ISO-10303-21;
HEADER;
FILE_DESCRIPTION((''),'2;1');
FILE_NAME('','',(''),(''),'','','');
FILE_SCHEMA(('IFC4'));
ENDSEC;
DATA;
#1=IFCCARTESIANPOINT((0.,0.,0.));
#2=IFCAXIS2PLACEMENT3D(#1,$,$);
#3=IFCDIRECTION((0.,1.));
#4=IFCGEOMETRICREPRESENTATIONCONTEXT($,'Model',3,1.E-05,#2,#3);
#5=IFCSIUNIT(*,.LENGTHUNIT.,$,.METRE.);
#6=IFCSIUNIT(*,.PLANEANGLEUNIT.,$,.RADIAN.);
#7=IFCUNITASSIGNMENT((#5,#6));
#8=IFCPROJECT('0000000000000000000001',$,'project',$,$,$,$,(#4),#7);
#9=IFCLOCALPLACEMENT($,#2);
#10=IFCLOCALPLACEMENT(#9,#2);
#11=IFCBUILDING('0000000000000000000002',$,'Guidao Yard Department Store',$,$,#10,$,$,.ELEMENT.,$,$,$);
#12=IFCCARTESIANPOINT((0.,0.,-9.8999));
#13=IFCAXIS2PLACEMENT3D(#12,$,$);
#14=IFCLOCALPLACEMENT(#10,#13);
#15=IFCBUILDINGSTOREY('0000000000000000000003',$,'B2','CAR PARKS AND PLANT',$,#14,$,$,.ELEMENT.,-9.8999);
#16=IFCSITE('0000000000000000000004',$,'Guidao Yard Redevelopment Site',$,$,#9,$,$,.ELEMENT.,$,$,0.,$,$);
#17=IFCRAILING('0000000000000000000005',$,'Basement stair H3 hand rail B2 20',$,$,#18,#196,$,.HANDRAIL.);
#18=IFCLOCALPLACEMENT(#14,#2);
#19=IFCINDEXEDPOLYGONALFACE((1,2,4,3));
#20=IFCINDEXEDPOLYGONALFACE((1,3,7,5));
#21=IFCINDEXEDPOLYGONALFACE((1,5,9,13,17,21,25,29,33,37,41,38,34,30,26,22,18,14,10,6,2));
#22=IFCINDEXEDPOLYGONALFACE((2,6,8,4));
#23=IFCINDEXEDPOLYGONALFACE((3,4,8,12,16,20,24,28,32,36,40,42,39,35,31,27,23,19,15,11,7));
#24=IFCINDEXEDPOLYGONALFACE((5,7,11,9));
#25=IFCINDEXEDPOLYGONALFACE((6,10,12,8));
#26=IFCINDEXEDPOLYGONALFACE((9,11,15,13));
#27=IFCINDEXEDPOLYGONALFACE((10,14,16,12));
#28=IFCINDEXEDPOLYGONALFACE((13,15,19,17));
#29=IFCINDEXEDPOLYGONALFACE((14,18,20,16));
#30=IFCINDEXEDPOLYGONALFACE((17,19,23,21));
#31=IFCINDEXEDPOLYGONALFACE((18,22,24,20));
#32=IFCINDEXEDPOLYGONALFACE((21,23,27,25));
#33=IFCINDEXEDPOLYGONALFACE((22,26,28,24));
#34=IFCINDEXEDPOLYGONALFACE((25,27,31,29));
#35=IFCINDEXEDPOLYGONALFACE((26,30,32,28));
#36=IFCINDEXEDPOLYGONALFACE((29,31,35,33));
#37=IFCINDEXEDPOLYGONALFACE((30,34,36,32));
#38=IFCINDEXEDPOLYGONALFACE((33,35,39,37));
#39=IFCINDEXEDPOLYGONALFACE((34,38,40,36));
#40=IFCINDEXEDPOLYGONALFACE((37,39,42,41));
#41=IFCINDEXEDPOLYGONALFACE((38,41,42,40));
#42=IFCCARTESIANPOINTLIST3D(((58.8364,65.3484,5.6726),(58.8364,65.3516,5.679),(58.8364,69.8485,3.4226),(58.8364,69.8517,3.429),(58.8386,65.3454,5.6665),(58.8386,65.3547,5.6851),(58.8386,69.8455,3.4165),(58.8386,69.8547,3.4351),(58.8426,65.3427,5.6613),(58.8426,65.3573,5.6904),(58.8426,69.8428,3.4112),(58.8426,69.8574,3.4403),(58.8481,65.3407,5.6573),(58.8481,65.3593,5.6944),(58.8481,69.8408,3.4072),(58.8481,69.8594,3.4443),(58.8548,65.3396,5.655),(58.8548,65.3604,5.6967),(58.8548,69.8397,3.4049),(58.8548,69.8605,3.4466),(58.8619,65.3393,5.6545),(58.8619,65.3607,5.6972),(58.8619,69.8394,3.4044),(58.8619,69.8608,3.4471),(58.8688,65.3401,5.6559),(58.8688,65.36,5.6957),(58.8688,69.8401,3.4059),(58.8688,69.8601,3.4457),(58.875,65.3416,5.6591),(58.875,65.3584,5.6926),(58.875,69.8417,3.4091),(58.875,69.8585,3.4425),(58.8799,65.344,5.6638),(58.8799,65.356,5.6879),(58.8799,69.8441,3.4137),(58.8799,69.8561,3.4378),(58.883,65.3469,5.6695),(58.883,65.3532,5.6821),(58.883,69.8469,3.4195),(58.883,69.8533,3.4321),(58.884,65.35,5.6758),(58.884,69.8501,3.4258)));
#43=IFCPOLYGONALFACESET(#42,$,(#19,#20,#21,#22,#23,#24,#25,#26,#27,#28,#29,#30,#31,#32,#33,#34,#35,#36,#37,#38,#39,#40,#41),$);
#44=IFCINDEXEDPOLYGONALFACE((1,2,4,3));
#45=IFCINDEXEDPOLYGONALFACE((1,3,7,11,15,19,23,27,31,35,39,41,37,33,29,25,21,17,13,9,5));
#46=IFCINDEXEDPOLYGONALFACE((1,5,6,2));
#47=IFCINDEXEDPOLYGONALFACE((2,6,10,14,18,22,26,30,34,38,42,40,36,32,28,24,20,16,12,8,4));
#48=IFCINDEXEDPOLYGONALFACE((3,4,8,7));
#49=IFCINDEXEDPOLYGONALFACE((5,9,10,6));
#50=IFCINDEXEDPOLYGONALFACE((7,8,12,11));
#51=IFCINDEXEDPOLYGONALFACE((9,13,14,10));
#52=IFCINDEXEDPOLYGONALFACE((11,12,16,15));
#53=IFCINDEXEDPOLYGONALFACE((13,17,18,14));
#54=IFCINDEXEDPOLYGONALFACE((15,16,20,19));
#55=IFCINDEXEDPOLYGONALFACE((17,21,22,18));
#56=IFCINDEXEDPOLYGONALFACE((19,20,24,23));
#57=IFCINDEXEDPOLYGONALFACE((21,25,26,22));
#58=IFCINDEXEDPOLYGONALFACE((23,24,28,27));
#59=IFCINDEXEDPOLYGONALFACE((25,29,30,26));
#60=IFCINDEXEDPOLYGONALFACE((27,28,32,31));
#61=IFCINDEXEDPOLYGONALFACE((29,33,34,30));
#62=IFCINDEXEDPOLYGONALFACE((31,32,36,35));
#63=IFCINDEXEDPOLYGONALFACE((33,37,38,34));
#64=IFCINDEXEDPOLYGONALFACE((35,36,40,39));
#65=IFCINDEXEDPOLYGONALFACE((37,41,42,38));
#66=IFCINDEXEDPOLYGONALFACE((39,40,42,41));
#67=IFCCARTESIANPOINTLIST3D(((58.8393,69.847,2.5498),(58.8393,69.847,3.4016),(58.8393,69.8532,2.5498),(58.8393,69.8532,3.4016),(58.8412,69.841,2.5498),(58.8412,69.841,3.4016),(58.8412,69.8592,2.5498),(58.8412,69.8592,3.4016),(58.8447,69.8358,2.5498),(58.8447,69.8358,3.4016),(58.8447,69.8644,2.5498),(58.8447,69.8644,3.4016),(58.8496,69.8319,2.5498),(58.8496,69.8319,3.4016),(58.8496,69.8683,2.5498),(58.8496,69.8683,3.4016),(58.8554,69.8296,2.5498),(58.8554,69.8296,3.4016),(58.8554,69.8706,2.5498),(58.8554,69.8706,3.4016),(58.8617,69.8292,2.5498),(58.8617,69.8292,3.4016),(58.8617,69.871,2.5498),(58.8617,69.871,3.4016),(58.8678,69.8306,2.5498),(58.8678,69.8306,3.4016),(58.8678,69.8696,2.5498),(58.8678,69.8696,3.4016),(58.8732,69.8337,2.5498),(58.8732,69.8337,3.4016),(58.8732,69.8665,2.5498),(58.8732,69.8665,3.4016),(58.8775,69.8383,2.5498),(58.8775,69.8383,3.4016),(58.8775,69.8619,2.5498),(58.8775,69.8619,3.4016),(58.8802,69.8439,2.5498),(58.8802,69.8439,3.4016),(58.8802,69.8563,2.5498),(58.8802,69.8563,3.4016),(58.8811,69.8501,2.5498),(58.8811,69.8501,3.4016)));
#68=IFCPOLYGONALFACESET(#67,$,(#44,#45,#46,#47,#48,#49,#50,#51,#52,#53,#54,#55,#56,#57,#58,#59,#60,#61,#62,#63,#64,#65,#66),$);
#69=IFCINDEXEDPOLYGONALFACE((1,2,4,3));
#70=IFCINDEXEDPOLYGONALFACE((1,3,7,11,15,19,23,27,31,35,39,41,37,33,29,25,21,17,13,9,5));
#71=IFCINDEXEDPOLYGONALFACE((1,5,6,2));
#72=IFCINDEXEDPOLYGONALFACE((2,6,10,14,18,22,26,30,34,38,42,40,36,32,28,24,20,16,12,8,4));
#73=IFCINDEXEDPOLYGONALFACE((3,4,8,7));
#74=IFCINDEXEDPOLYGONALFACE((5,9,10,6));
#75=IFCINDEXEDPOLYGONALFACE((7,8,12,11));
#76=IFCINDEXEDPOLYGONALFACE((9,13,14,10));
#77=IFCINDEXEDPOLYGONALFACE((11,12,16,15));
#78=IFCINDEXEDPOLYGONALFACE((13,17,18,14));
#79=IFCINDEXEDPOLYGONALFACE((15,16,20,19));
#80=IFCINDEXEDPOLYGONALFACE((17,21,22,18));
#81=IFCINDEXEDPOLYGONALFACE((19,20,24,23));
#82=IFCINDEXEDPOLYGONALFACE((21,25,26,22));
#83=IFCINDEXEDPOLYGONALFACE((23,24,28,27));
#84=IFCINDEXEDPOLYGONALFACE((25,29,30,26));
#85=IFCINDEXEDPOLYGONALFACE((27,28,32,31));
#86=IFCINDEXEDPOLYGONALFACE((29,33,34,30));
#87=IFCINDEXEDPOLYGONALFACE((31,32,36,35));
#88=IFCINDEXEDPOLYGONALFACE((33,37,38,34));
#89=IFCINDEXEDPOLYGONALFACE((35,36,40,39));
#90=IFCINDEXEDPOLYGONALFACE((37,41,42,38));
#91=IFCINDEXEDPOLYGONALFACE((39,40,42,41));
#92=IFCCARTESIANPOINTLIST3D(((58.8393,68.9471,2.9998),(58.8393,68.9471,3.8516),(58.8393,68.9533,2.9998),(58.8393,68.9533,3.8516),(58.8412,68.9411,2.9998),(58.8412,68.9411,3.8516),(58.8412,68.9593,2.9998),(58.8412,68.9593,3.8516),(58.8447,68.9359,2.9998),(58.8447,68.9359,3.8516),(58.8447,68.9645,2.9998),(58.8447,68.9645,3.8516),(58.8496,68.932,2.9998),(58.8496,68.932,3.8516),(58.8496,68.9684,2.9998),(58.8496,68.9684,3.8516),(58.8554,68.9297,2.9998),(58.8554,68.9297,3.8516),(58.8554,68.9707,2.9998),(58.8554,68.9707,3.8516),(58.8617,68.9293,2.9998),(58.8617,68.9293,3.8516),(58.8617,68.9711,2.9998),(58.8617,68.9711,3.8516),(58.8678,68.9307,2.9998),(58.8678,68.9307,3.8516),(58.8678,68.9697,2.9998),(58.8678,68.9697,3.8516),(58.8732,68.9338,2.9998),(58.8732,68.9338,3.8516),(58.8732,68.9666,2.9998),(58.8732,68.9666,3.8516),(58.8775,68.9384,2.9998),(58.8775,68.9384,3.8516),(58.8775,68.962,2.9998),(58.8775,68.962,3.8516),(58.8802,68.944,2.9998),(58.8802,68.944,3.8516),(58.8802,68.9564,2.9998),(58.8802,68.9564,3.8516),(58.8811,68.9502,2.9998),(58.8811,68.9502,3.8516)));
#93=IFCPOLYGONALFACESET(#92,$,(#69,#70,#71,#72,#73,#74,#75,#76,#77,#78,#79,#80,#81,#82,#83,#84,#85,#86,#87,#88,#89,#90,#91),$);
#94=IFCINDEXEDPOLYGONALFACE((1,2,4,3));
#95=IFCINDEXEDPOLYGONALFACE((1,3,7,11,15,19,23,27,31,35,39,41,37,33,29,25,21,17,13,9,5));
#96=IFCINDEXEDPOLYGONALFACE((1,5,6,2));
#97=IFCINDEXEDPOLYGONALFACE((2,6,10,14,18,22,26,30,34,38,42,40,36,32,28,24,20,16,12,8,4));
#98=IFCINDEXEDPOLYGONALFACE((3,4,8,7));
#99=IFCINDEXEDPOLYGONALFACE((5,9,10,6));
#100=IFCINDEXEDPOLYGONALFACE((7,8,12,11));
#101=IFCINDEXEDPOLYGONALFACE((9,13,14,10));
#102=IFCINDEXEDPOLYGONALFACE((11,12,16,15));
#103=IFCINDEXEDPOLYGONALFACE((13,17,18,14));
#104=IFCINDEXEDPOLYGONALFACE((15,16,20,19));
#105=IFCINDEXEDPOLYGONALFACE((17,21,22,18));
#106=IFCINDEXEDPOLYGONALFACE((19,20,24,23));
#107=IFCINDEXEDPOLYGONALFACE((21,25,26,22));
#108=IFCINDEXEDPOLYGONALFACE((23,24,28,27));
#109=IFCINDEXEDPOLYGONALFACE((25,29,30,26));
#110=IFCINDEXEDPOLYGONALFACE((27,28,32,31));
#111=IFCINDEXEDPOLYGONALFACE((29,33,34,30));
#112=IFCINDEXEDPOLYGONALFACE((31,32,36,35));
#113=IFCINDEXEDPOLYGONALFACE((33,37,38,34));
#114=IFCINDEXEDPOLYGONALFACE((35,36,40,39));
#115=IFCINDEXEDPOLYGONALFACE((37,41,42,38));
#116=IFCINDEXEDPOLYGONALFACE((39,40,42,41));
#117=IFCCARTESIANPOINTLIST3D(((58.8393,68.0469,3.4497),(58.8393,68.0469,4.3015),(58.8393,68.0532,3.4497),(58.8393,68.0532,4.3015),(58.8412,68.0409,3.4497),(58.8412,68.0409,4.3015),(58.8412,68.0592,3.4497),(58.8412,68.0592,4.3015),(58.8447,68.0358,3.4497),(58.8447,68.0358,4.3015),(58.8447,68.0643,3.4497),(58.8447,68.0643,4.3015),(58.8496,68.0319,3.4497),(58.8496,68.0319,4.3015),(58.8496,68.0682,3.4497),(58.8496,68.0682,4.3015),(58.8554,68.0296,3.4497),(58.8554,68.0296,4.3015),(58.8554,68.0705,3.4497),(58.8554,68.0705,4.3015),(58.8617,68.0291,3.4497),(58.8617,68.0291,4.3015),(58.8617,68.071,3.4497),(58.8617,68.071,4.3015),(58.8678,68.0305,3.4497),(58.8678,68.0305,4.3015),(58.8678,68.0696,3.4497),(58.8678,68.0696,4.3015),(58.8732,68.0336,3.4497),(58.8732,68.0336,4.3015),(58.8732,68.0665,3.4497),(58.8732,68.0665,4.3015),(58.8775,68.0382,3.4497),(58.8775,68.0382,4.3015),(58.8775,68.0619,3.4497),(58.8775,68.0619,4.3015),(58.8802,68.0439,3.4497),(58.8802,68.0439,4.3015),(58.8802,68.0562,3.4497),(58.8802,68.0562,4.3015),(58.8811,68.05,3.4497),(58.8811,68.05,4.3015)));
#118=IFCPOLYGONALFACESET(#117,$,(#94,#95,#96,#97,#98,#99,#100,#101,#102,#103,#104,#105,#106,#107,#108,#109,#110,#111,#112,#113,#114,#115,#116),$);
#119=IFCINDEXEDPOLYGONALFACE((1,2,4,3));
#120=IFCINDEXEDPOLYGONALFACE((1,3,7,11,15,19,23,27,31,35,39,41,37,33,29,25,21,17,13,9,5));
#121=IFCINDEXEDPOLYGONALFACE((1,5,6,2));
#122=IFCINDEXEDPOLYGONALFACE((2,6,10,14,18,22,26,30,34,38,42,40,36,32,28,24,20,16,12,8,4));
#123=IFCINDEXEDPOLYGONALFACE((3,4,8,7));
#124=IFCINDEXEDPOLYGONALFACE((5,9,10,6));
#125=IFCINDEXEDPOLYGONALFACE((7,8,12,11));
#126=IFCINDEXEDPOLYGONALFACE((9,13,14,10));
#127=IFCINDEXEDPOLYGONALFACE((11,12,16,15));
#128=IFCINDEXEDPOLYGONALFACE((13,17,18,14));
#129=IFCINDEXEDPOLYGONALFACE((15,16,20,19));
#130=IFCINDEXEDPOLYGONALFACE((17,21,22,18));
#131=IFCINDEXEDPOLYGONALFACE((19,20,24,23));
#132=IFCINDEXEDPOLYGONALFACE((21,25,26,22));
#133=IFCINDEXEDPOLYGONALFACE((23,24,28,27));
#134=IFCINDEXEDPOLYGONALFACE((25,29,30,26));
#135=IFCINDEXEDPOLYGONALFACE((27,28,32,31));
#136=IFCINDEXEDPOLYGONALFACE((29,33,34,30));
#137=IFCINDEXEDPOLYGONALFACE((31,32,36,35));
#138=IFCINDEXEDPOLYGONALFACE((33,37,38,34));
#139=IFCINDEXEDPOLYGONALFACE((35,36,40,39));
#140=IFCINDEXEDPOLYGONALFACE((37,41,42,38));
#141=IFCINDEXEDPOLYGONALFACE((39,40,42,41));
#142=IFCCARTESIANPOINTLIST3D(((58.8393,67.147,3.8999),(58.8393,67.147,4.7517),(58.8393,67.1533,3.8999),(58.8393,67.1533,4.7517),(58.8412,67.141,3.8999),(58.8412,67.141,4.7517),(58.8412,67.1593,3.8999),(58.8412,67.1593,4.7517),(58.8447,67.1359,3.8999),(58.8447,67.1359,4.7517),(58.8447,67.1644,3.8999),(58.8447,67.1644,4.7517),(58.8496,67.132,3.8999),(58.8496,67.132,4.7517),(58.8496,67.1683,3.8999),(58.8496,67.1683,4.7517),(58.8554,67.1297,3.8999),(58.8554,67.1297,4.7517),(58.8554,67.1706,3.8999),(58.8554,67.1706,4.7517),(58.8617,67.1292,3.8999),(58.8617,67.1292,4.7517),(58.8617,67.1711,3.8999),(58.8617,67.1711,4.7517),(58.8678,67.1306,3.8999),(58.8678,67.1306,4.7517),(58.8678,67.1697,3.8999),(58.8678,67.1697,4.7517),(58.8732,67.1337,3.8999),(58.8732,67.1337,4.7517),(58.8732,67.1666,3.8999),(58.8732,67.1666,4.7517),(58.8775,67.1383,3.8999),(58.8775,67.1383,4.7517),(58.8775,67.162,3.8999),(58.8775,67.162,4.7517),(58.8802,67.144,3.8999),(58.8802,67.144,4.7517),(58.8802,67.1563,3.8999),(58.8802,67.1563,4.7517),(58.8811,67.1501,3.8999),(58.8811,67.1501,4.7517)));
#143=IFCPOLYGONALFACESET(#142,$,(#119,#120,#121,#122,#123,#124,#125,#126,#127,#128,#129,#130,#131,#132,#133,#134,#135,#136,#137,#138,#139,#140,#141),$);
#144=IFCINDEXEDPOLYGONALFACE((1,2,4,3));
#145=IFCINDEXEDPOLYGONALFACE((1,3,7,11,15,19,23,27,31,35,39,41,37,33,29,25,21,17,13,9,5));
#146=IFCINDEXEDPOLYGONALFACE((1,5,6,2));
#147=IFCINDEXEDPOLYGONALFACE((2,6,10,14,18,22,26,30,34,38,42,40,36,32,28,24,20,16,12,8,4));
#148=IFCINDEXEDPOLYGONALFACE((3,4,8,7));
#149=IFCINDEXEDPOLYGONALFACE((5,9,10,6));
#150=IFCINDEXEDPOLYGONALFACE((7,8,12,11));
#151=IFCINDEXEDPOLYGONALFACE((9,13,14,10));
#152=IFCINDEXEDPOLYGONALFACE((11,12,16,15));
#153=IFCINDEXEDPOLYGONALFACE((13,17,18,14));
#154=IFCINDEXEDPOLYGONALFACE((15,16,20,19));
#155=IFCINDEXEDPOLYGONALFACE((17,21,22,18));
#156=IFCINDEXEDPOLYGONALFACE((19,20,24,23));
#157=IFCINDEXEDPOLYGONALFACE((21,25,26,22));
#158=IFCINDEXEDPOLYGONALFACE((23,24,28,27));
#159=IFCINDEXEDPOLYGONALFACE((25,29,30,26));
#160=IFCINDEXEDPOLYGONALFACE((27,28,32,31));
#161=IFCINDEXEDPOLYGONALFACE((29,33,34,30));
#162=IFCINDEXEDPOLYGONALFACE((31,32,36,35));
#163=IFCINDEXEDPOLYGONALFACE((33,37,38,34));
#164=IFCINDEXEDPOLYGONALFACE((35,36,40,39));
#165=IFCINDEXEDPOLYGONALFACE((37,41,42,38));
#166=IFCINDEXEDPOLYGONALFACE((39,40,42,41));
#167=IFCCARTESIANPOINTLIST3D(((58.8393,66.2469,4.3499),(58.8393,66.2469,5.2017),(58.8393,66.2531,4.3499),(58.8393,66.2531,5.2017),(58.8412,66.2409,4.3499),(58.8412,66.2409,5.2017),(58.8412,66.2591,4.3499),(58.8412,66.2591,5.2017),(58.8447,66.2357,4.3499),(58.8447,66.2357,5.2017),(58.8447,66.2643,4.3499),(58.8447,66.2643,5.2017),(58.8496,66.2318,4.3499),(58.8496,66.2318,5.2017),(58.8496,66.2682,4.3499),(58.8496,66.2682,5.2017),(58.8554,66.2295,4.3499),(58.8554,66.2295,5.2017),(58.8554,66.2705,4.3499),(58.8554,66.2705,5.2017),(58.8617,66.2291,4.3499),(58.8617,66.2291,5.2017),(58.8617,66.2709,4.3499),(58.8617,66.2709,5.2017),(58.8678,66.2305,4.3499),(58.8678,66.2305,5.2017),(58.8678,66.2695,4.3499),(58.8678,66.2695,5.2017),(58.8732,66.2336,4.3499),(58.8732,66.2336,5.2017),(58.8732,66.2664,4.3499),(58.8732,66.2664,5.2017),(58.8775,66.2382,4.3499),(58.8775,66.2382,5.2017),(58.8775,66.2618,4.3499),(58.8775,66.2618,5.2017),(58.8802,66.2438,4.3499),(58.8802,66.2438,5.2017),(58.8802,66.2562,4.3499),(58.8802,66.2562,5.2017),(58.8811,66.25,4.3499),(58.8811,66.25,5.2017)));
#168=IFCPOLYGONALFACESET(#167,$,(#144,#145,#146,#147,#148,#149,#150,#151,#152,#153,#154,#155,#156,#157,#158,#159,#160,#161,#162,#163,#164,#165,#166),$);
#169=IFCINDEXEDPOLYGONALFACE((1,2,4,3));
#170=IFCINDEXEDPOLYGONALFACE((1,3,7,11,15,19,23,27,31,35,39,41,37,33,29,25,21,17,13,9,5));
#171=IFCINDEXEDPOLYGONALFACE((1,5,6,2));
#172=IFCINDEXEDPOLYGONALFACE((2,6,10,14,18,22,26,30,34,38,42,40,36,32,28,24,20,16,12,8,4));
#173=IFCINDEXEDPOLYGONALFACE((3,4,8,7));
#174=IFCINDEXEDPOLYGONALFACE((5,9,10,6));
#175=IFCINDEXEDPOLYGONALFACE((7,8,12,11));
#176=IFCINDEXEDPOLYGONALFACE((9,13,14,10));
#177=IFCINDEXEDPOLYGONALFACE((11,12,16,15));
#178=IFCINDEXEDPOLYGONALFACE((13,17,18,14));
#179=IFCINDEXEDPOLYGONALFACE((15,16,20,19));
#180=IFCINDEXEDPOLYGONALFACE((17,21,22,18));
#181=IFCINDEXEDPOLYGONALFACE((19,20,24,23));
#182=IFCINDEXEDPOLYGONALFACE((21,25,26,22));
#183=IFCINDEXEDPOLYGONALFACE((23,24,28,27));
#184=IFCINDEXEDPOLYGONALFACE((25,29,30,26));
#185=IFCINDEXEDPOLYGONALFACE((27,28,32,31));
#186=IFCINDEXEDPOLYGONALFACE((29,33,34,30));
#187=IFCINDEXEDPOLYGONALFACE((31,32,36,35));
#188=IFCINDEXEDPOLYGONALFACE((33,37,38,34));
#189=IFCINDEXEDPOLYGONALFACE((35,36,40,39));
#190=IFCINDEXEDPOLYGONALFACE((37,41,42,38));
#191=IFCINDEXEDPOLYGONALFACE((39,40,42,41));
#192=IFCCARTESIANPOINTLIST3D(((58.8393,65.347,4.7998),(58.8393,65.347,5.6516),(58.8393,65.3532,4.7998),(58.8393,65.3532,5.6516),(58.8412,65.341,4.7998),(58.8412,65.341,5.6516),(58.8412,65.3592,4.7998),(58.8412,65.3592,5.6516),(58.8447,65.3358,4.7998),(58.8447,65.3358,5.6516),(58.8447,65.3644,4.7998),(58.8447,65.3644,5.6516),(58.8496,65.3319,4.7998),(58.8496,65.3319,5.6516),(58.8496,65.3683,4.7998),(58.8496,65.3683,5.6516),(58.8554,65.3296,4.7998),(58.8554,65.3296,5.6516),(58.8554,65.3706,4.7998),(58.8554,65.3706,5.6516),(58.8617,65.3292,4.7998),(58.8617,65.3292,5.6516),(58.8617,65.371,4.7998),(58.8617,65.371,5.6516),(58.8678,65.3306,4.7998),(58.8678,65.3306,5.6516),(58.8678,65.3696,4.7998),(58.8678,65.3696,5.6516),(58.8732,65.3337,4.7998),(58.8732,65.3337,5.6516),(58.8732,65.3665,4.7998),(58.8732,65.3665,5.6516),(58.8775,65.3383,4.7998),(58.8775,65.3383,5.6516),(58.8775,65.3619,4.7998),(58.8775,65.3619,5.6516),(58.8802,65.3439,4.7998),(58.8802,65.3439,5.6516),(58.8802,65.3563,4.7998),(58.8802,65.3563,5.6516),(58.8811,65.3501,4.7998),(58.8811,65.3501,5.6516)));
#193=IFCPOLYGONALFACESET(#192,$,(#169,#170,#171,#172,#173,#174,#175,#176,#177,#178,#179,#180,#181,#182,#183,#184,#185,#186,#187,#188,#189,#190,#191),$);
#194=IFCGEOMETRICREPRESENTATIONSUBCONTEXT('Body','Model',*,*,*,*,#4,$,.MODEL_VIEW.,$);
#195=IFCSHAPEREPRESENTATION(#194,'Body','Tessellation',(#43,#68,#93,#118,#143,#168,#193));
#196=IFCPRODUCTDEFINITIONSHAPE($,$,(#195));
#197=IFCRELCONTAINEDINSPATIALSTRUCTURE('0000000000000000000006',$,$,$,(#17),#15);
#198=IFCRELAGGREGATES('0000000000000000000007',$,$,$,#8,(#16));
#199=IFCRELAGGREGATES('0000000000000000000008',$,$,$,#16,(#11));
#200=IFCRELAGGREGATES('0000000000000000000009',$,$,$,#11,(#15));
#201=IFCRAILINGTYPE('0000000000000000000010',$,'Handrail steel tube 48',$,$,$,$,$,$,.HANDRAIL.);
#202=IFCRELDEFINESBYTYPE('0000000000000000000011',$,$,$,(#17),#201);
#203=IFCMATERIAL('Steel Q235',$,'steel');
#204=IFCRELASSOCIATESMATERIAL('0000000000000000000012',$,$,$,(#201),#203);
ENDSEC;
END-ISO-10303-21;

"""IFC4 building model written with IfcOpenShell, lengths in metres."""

from ifc_helpers import new_model, si_unit, direction, frame, origin, origin_2d, place, context, subcontext, project, spatial, circle, extrude, material, type_object, element, save


model = new_model("IFC4")

# Units and contexts
model_context = context("Model", 3, precision=1e-05, world=origin(), true_north=direction((0.0, 1.0)))
body_context = subcontext(model_context, "Body", "Model", "MODEL_VIEW")
ifc_project = project(units=[si_unit("LENGTHUNIT", "METRE"), si_unit("PLANEANGLEUNIT", "RADIAN")], contexts=[model_context])

# Site, building, storey
site_placement = place(None, origin())
site = spatial("IfcSite", under=ifc_project, at=site_placement, Name="Guidao Yard Redevelopment Site", CompositionType="ELEMENT", RefElevation=0.0)
building_placement = place(site_placement, origin())
building = spatial("IfcBuilding", under=site, at=building_placement, Name="Guidao Yard Department Store", CompositionType="ELEMENT")
storey_placement = place(building_placement, frame((0.0, 0.0, -9.8999)))
storey = spatial("IfcBuildingStorey", under=building, at=storey_placement, Name="B2", Description="CAR PARKS AND PLANT", CompositionType="ELEMENT", Elevation=-9.8999)

# Railing
ifc_material_1 = material(Name="Steel Q235", Category="steel")
railing_type_1 = type_object("IfcRailingType", Name="Handrail steel tube 48", PredefinedType="HANDRAIL", material=ifc_material_1)
for number, where, name in (
    (1, (58.8601, 69.8501, 2.5498), "Basement stair H3 hand rail B2 20"),
):
    element("IfcRailing", number, at=place(storey_placement, frame(where)), inside=storey, type_object=railing_type_1, Name=name, PredefinedType="HANDRAIL", context=body_context, shape_type="SweptSolid", body=[
        extrude(circle(Radius=0.0239, at=origin_2d()), frame((0.0, 0.0, 0.876), z_axis=(0.0, -0.894427, 0.447214), x_axis=(1.0, 0.0, 0.0)), (0.0, 0.0, 1.0), 5.0312),
        extrude(circle(Radius=0.021, at=origin_2d()), origin(), (0.0, 0.0, 1.0), 0.8518),
        extrude(circle(Radius=0.021, at=origin_2d()), frame((0.0, -0.8999, 0.45)), (0.0, 0.0, 1.0), 0.8518),
        extrude(circle(Radius=0.021, at=origin_2d()), frame((0.0, -1.8, 0.8999)), (0.0, 0.0, 1.0), 0.8518),
        extrude(circle(Radius=0.021, at=origin_2d()), frame((0.0, -2.7, 1.3501)), (0.0, 0.0, 1.0), 0.8518),
        extrude(circle(Radius=0.021, at=origin_2d()), frame((0.0, -3.6001, 1.8)), (0.0, 0.0, 1.0), 0.8518),
        extrude(circle(Radius=0.021, at=origin_2d()), frame((0.0, -4.5, 2.25)), (0.0, 0.0, 1.0), 0.8518),
    ])

save(model, "model.ifc")
